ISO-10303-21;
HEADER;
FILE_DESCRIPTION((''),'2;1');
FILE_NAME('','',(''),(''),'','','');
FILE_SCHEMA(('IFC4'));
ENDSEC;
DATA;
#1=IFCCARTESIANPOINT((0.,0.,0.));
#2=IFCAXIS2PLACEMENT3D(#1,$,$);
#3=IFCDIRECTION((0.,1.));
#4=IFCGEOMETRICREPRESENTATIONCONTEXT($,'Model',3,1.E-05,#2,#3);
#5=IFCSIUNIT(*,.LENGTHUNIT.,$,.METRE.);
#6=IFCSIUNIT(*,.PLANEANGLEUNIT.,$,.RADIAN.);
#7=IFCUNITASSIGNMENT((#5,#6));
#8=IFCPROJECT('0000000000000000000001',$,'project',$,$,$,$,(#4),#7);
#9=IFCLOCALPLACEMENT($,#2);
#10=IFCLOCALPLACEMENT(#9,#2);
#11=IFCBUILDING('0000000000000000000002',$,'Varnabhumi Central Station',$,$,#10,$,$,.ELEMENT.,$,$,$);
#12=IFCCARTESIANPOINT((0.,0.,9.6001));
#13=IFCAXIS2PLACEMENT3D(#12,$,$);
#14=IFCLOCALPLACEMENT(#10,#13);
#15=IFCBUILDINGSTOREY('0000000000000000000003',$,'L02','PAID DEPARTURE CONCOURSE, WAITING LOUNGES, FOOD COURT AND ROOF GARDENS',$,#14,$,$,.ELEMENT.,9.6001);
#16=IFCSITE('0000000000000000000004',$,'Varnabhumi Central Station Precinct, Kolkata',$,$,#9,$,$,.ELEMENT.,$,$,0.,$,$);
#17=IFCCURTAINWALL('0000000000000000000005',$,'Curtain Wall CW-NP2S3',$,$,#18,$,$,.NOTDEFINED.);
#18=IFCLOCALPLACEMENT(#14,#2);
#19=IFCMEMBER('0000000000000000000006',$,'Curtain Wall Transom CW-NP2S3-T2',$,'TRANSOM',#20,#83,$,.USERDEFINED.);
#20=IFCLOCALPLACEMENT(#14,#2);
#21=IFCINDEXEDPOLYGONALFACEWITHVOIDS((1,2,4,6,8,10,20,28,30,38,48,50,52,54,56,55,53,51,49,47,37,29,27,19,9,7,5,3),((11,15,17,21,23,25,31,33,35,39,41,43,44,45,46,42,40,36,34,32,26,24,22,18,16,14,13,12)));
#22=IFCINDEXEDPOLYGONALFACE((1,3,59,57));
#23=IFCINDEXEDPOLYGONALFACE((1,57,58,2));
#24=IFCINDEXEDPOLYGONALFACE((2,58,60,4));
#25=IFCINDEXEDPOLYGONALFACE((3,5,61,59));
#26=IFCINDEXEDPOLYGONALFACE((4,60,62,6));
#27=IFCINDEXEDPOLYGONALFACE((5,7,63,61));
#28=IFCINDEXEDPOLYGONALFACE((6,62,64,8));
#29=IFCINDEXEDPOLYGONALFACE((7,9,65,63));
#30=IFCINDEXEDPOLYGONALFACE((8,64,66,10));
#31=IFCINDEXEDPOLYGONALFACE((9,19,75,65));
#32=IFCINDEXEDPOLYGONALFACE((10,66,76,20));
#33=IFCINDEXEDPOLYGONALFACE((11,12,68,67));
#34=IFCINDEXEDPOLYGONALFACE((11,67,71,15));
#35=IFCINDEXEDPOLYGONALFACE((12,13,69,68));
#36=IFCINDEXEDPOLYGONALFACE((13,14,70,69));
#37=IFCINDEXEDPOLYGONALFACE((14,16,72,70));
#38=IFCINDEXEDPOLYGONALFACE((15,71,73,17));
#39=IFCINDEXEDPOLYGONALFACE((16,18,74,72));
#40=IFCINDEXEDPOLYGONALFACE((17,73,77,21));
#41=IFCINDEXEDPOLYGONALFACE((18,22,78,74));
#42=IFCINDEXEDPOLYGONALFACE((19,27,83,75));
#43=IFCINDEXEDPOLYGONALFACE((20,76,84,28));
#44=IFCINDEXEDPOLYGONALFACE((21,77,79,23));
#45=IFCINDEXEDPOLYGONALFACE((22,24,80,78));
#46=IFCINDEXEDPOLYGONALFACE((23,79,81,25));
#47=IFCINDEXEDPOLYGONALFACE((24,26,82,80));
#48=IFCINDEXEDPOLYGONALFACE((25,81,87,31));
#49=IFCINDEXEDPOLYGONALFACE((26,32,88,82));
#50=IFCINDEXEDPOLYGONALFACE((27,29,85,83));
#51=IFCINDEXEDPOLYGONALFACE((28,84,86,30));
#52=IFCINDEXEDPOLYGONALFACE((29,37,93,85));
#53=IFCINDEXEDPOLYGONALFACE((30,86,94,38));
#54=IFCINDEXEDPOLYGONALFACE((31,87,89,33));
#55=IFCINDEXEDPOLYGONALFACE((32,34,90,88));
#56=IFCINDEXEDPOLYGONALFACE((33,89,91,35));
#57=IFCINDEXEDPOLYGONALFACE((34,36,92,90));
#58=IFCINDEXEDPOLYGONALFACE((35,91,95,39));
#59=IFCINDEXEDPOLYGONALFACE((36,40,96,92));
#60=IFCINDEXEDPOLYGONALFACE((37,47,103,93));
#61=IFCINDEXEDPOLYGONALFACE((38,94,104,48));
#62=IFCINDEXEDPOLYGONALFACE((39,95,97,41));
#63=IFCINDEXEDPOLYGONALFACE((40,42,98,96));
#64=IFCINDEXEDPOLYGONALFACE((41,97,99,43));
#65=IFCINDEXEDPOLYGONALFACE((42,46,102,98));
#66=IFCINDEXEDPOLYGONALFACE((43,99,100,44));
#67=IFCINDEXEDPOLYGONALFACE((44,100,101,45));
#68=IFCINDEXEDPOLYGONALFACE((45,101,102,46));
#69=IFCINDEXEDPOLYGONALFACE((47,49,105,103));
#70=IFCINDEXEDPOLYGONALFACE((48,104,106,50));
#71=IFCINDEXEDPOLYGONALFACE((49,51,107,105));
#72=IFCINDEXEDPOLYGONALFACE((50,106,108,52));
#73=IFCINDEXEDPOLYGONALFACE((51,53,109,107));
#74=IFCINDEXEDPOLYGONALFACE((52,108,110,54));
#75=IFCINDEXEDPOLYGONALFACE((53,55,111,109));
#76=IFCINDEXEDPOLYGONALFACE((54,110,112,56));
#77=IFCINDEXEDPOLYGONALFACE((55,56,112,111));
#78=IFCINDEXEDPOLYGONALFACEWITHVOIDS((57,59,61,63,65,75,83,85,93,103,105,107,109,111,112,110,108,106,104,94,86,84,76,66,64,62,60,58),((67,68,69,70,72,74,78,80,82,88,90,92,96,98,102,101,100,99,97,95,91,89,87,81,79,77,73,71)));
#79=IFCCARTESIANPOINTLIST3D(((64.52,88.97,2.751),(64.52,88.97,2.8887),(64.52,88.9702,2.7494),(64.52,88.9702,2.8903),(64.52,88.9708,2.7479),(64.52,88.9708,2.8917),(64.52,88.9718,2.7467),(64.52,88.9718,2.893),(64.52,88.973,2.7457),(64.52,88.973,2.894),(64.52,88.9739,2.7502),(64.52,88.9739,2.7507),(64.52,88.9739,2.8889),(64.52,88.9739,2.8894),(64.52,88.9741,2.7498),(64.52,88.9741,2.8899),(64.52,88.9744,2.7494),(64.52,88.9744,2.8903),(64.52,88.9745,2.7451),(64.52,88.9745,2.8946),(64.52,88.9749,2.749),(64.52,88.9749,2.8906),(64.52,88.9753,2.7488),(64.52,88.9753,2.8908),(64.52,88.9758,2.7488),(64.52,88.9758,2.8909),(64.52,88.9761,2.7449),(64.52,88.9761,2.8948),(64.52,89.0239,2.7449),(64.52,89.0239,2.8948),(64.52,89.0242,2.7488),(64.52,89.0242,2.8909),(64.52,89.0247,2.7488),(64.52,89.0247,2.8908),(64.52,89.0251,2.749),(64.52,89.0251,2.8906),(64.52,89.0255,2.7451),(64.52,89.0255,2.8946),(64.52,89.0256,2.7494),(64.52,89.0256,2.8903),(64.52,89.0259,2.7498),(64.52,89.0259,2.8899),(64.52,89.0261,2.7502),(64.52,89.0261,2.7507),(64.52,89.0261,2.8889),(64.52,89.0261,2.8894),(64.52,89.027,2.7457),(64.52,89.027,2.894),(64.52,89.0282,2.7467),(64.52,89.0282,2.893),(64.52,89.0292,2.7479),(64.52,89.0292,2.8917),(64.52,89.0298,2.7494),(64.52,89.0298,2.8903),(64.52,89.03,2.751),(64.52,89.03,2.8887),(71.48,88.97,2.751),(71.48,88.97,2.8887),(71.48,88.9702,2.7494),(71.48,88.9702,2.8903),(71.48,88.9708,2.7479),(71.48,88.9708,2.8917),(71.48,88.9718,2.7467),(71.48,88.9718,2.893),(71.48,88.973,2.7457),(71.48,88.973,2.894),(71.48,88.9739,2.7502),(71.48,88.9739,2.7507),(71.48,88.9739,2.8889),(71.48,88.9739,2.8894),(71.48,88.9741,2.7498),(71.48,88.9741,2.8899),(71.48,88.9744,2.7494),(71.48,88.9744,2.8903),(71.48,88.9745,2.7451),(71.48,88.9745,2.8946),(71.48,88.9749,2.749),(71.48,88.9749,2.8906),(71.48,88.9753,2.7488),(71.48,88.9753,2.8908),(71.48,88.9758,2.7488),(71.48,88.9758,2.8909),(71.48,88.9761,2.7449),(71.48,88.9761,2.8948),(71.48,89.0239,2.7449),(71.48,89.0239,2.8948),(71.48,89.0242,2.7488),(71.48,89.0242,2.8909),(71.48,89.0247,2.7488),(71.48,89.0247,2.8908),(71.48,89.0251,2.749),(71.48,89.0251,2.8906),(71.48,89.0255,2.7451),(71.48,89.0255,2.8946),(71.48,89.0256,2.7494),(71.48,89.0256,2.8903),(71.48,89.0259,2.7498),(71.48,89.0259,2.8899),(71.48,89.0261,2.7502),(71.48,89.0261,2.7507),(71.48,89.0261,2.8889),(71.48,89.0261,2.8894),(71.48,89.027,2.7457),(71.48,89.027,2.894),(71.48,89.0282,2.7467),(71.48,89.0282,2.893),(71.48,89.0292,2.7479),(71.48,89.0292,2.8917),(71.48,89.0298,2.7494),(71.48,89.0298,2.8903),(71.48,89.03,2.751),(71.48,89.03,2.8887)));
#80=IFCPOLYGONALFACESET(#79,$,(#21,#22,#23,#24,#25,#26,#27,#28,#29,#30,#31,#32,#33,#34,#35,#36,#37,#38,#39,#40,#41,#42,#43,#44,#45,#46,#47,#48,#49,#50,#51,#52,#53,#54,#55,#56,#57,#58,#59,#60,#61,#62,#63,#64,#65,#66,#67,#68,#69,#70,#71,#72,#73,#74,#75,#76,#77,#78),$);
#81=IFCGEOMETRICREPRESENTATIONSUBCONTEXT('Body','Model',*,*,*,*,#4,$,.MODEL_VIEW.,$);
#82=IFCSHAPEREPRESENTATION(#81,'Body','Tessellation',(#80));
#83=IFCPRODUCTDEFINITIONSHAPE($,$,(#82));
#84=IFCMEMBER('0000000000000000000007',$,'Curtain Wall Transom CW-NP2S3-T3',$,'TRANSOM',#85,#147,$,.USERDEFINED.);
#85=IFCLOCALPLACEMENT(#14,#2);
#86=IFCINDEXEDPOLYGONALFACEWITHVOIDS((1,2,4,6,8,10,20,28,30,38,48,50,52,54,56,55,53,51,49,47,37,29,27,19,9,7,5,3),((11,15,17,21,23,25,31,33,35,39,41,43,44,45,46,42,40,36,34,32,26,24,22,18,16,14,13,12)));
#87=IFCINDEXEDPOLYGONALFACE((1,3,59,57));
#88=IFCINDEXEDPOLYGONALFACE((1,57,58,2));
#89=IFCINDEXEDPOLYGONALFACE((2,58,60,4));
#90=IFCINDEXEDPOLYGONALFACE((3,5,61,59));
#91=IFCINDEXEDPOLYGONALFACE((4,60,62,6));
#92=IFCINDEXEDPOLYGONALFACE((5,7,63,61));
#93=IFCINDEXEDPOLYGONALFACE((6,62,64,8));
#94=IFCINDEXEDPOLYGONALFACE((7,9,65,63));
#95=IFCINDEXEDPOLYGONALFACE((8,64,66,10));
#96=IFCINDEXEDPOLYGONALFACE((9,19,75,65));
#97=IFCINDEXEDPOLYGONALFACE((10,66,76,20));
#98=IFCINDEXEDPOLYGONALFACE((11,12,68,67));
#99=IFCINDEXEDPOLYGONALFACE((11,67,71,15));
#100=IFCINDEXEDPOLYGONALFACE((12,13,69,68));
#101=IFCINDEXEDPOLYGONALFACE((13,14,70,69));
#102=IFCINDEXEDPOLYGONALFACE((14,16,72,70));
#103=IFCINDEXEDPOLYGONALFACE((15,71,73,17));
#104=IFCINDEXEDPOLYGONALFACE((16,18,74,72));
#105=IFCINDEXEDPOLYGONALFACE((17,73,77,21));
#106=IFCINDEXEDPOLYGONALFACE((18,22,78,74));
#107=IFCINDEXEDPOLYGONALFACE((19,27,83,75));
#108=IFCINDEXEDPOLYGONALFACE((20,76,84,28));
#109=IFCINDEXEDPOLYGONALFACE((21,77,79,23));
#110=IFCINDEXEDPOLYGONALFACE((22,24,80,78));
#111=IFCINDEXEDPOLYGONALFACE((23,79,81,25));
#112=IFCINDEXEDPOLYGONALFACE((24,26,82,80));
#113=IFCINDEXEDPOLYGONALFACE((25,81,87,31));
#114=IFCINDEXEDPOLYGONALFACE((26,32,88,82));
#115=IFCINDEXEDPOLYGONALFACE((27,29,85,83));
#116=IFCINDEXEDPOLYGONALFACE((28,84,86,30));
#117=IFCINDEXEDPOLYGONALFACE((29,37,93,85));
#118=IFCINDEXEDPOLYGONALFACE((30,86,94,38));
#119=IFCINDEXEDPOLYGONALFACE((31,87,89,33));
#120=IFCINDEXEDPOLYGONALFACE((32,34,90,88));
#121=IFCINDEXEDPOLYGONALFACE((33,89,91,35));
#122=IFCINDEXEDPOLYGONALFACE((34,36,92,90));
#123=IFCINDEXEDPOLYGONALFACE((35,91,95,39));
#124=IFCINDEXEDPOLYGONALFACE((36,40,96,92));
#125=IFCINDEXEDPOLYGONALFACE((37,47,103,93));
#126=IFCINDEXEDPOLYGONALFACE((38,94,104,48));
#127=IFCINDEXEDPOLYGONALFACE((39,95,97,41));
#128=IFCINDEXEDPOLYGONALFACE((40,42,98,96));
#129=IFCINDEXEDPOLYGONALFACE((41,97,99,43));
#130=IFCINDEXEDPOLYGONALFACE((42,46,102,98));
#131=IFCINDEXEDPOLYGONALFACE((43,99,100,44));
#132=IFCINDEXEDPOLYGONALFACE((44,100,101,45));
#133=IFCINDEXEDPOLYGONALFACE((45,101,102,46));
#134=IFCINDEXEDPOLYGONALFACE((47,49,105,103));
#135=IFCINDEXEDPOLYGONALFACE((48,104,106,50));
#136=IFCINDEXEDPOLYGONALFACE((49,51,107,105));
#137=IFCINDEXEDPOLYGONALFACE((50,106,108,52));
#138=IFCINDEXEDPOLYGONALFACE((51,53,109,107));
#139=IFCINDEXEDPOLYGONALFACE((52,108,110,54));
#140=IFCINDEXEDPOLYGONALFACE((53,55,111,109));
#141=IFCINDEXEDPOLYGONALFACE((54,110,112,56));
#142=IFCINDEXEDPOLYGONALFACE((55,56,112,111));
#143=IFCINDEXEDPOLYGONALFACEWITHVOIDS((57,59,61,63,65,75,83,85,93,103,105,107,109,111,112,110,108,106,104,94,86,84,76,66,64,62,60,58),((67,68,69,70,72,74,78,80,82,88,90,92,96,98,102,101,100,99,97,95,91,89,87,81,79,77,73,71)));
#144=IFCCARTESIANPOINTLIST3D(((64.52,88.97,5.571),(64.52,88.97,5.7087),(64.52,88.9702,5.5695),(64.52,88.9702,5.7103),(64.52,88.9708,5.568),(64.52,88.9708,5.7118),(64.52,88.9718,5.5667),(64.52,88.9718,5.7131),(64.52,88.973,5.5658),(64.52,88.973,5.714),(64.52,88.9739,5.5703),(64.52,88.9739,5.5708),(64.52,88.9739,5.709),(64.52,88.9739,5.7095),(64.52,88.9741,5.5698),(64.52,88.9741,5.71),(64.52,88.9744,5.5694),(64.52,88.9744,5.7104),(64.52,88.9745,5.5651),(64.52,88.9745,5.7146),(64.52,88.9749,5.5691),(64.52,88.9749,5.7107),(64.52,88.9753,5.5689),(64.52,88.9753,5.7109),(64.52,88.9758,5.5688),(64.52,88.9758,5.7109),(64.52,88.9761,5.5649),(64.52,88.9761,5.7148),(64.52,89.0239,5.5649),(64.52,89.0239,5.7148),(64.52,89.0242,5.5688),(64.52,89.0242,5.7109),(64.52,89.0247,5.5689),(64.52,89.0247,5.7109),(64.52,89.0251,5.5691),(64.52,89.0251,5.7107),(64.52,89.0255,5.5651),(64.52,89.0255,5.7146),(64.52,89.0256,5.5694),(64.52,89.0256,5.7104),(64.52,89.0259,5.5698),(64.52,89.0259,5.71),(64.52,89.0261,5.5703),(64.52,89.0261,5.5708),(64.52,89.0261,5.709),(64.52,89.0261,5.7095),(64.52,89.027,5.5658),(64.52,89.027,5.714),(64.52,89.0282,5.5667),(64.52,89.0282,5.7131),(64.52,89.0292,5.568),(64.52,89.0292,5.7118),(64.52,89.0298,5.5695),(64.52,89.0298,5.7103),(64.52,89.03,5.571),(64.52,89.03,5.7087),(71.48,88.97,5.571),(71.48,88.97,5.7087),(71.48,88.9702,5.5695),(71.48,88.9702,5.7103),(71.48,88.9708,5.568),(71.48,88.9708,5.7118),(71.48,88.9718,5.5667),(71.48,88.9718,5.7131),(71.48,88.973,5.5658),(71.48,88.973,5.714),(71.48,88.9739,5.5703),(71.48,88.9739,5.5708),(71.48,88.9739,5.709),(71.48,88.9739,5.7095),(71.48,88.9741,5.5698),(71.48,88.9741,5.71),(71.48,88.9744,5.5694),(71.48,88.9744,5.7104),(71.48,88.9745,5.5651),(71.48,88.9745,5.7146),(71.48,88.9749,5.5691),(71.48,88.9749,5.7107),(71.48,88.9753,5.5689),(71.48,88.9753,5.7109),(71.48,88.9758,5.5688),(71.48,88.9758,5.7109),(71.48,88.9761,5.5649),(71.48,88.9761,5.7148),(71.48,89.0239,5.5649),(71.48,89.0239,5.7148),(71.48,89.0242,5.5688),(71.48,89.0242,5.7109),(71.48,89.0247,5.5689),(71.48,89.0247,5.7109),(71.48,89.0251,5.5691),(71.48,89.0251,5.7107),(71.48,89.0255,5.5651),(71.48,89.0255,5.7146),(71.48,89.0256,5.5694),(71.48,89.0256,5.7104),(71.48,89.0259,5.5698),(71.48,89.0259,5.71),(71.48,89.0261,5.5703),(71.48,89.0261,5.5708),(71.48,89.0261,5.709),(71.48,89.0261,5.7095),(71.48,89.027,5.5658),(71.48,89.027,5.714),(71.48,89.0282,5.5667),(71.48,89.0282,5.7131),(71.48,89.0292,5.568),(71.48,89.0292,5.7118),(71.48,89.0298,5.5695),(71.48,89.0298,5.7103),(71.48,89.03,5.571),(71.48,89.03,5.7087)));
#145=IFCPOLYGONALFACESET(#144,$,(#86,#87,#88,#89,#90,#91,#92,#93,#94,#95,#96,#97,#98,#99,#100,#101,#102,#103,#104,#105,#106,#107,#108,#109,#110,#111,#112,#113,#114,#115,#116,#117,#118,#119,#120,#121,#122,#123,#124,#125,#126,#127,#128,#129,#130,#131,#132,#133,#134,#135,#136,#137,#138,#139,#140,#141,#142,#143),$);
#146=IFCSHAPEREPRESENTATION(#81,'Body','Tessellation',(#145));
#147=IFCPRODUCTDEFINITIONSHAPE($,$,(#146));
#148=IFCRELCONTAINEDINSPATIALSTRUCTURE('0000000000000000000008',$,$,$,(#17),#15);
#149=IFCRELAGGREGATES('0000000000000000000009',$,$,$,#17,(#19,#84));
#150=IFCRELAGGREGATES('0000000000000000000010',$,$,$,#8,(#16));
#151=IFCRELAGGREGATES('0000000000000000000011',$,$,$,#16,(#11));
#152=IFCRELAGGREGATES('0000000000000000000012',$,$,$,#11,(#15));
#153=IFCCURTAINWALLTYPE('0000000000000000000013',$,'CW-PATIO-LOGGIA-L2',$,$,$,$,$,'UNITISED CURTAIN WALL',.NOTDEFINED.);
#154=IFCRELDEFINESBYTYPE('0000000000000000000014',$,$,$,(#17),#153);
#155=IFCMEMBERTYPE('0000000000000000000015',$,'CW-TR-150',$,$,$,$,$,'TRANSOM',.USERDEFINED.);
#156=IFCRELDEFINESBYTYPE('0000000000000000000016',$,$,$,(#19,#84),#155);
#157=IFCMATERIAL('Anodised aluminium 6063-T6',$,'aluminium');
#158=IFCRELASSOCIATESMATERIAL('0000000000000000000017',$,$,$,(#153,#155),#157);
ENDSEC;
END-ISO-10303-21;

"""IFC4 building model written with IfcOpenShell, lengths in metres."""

from ifc_helpers import new_model, si_unit, direction, frame, origin, origin_2d, place, context, subcontext, project, spatial, hollow_rectangle, extrude, material, material_profile, profile_set, type_object, element, aggregate, save


model = new_model("IFC4")

# Units and contexts
model_context = context("Model", 3, precision=1e-05, world=origin(), true_north=direction((0.0, 1.0)))
body_context = subcontext(model_context, "Body", "Model", "MODEL_VIEW")
ifc_project = project(units=[si_unit("LENGTHUNIT", "METRE"), si_unit("PLANEANGLEUNIT", "RADIAN")], contexts=[model_context])

# Site, building, storey
site_placement = place(None, origin())
site = spatial("IfcSite", under=ifc_project, at=site_placement, Name="Varnabhumi Central Station Precinct, Kolkata", CompositionType="ELEMENT", RefElevation=0.0)
building_placement = place(site_placement, origin())
building = spatial("IfcBuilding", under=site, at=building_placement, Name="Varnabhumi Central Station", CompositionType="ELEMENT")
storey_placement = place(building_placement, frame((0.0, 0.0, 9.6001)))
storey = spatial("IfcBuildingStorey", under=building, at=storey_placement, Name="L02", Description="PAID DEPARTURE CONCOURSE, WAITING LOUNGES, FOOD COURT AND ROOF GARDENS", CompositionType="ELEMENT", Elevation=9.6001)

# Shared definitions
ifc_material_1 = material(Name="Anodised aluminium 6063-T6", Category="aluminium")
curtain_wall_type = type_object("IfcCurtainWallType", Name="CW-PATIO-LOGGIA-L2", ElementType="UNITISED CURTAIN WALL", PredefinedType="NOTDEFINED", material=ifc_material_1)

# Curtain wall
curtain_wall_1_placement = place(storey_placement, origin())
curtain_wall_1 = element("IfcCurtainWall", 1, at=curtain_wall_1_placement, inside=storey, type_object=curtain_wall_type, Name="Curtain Wall CW-NP2S3", PredefinedType="NOTDEFINED")

# Members
ifc_material_profile_1 = material_profile(ifc_material_1, hollow_rectangle(XDim=0.0601, YDim=0.1499, WallThickness=0.0039, InnerFilletRadius=0.002, OuterFilletRadius=0.0061, at=origin_2d()), Name="Anodised aluminium 6063-T6", Category="aluminium")
ifc_profile_set_1 = profile_set([ifc_material_profile_1], Name="Anodised aluminium 6063-T6")
member_type_1 = type_object("IfcMemberType", Name="CW-TR-150", ElementType="TRANSOM", PredefinedType="USERDEFINED", material=ifc_profile_set_1)
member_1_placement = place(storey_placement, frame((64.52, 89.0, 2.8198), z_axis=(1.0, 0.0, 0.0), x_axis=(0.0, 1.0, 0.0)))
member_1 = element("IfcMember", 2, at=member_1_placement, type_object=member_type_1, Name="Curtain Wall Transom CW-NP2S3-T2", ObjectType="TRANSOM", PredefinedType="USERDEFINED", context=body_context, shape_type="SweptSolid", body=[
    extrude(hollow_rectangle(XDim=0.0601, YDim=0.1499, WallThickness=0.0039, InnerFilletRadius=0.002, OuterFilletRadius=0.0061, at=origin_2d()), origin(), (0.0, 0.0, 1.0), 6.96),
])
member_2_placement = place(storey_placement, frame((64.52, 89.0, 5.6399), z_axis=(1.0, 0.0, 0.0), x_axis=(0.0, 1.0, 0.0)))
member_2 = element("IfcMember", 3, at=member_2_placement, type_object=member_type_1, Name="Curtain Wall Transom CW-NP2S3-T3", ObjectType="TRANSOM", PredefinedType="USERDEFINED", context=body_context, shape_type="SweptSolid", body=[
    extrude(hollow_rectangle(XDim=0.0601, YDim=0.1499, WallThickness=0.0039, InnerFilletRadius=0.002, OuterFilletRadius=0.0061, at=origin_2d()), origin(), (0.0, 0.0, 1.0), 6.96),
])

aggregate(curtain_wall_1, [member_1, member_2])

save(model, "model.ifc")
